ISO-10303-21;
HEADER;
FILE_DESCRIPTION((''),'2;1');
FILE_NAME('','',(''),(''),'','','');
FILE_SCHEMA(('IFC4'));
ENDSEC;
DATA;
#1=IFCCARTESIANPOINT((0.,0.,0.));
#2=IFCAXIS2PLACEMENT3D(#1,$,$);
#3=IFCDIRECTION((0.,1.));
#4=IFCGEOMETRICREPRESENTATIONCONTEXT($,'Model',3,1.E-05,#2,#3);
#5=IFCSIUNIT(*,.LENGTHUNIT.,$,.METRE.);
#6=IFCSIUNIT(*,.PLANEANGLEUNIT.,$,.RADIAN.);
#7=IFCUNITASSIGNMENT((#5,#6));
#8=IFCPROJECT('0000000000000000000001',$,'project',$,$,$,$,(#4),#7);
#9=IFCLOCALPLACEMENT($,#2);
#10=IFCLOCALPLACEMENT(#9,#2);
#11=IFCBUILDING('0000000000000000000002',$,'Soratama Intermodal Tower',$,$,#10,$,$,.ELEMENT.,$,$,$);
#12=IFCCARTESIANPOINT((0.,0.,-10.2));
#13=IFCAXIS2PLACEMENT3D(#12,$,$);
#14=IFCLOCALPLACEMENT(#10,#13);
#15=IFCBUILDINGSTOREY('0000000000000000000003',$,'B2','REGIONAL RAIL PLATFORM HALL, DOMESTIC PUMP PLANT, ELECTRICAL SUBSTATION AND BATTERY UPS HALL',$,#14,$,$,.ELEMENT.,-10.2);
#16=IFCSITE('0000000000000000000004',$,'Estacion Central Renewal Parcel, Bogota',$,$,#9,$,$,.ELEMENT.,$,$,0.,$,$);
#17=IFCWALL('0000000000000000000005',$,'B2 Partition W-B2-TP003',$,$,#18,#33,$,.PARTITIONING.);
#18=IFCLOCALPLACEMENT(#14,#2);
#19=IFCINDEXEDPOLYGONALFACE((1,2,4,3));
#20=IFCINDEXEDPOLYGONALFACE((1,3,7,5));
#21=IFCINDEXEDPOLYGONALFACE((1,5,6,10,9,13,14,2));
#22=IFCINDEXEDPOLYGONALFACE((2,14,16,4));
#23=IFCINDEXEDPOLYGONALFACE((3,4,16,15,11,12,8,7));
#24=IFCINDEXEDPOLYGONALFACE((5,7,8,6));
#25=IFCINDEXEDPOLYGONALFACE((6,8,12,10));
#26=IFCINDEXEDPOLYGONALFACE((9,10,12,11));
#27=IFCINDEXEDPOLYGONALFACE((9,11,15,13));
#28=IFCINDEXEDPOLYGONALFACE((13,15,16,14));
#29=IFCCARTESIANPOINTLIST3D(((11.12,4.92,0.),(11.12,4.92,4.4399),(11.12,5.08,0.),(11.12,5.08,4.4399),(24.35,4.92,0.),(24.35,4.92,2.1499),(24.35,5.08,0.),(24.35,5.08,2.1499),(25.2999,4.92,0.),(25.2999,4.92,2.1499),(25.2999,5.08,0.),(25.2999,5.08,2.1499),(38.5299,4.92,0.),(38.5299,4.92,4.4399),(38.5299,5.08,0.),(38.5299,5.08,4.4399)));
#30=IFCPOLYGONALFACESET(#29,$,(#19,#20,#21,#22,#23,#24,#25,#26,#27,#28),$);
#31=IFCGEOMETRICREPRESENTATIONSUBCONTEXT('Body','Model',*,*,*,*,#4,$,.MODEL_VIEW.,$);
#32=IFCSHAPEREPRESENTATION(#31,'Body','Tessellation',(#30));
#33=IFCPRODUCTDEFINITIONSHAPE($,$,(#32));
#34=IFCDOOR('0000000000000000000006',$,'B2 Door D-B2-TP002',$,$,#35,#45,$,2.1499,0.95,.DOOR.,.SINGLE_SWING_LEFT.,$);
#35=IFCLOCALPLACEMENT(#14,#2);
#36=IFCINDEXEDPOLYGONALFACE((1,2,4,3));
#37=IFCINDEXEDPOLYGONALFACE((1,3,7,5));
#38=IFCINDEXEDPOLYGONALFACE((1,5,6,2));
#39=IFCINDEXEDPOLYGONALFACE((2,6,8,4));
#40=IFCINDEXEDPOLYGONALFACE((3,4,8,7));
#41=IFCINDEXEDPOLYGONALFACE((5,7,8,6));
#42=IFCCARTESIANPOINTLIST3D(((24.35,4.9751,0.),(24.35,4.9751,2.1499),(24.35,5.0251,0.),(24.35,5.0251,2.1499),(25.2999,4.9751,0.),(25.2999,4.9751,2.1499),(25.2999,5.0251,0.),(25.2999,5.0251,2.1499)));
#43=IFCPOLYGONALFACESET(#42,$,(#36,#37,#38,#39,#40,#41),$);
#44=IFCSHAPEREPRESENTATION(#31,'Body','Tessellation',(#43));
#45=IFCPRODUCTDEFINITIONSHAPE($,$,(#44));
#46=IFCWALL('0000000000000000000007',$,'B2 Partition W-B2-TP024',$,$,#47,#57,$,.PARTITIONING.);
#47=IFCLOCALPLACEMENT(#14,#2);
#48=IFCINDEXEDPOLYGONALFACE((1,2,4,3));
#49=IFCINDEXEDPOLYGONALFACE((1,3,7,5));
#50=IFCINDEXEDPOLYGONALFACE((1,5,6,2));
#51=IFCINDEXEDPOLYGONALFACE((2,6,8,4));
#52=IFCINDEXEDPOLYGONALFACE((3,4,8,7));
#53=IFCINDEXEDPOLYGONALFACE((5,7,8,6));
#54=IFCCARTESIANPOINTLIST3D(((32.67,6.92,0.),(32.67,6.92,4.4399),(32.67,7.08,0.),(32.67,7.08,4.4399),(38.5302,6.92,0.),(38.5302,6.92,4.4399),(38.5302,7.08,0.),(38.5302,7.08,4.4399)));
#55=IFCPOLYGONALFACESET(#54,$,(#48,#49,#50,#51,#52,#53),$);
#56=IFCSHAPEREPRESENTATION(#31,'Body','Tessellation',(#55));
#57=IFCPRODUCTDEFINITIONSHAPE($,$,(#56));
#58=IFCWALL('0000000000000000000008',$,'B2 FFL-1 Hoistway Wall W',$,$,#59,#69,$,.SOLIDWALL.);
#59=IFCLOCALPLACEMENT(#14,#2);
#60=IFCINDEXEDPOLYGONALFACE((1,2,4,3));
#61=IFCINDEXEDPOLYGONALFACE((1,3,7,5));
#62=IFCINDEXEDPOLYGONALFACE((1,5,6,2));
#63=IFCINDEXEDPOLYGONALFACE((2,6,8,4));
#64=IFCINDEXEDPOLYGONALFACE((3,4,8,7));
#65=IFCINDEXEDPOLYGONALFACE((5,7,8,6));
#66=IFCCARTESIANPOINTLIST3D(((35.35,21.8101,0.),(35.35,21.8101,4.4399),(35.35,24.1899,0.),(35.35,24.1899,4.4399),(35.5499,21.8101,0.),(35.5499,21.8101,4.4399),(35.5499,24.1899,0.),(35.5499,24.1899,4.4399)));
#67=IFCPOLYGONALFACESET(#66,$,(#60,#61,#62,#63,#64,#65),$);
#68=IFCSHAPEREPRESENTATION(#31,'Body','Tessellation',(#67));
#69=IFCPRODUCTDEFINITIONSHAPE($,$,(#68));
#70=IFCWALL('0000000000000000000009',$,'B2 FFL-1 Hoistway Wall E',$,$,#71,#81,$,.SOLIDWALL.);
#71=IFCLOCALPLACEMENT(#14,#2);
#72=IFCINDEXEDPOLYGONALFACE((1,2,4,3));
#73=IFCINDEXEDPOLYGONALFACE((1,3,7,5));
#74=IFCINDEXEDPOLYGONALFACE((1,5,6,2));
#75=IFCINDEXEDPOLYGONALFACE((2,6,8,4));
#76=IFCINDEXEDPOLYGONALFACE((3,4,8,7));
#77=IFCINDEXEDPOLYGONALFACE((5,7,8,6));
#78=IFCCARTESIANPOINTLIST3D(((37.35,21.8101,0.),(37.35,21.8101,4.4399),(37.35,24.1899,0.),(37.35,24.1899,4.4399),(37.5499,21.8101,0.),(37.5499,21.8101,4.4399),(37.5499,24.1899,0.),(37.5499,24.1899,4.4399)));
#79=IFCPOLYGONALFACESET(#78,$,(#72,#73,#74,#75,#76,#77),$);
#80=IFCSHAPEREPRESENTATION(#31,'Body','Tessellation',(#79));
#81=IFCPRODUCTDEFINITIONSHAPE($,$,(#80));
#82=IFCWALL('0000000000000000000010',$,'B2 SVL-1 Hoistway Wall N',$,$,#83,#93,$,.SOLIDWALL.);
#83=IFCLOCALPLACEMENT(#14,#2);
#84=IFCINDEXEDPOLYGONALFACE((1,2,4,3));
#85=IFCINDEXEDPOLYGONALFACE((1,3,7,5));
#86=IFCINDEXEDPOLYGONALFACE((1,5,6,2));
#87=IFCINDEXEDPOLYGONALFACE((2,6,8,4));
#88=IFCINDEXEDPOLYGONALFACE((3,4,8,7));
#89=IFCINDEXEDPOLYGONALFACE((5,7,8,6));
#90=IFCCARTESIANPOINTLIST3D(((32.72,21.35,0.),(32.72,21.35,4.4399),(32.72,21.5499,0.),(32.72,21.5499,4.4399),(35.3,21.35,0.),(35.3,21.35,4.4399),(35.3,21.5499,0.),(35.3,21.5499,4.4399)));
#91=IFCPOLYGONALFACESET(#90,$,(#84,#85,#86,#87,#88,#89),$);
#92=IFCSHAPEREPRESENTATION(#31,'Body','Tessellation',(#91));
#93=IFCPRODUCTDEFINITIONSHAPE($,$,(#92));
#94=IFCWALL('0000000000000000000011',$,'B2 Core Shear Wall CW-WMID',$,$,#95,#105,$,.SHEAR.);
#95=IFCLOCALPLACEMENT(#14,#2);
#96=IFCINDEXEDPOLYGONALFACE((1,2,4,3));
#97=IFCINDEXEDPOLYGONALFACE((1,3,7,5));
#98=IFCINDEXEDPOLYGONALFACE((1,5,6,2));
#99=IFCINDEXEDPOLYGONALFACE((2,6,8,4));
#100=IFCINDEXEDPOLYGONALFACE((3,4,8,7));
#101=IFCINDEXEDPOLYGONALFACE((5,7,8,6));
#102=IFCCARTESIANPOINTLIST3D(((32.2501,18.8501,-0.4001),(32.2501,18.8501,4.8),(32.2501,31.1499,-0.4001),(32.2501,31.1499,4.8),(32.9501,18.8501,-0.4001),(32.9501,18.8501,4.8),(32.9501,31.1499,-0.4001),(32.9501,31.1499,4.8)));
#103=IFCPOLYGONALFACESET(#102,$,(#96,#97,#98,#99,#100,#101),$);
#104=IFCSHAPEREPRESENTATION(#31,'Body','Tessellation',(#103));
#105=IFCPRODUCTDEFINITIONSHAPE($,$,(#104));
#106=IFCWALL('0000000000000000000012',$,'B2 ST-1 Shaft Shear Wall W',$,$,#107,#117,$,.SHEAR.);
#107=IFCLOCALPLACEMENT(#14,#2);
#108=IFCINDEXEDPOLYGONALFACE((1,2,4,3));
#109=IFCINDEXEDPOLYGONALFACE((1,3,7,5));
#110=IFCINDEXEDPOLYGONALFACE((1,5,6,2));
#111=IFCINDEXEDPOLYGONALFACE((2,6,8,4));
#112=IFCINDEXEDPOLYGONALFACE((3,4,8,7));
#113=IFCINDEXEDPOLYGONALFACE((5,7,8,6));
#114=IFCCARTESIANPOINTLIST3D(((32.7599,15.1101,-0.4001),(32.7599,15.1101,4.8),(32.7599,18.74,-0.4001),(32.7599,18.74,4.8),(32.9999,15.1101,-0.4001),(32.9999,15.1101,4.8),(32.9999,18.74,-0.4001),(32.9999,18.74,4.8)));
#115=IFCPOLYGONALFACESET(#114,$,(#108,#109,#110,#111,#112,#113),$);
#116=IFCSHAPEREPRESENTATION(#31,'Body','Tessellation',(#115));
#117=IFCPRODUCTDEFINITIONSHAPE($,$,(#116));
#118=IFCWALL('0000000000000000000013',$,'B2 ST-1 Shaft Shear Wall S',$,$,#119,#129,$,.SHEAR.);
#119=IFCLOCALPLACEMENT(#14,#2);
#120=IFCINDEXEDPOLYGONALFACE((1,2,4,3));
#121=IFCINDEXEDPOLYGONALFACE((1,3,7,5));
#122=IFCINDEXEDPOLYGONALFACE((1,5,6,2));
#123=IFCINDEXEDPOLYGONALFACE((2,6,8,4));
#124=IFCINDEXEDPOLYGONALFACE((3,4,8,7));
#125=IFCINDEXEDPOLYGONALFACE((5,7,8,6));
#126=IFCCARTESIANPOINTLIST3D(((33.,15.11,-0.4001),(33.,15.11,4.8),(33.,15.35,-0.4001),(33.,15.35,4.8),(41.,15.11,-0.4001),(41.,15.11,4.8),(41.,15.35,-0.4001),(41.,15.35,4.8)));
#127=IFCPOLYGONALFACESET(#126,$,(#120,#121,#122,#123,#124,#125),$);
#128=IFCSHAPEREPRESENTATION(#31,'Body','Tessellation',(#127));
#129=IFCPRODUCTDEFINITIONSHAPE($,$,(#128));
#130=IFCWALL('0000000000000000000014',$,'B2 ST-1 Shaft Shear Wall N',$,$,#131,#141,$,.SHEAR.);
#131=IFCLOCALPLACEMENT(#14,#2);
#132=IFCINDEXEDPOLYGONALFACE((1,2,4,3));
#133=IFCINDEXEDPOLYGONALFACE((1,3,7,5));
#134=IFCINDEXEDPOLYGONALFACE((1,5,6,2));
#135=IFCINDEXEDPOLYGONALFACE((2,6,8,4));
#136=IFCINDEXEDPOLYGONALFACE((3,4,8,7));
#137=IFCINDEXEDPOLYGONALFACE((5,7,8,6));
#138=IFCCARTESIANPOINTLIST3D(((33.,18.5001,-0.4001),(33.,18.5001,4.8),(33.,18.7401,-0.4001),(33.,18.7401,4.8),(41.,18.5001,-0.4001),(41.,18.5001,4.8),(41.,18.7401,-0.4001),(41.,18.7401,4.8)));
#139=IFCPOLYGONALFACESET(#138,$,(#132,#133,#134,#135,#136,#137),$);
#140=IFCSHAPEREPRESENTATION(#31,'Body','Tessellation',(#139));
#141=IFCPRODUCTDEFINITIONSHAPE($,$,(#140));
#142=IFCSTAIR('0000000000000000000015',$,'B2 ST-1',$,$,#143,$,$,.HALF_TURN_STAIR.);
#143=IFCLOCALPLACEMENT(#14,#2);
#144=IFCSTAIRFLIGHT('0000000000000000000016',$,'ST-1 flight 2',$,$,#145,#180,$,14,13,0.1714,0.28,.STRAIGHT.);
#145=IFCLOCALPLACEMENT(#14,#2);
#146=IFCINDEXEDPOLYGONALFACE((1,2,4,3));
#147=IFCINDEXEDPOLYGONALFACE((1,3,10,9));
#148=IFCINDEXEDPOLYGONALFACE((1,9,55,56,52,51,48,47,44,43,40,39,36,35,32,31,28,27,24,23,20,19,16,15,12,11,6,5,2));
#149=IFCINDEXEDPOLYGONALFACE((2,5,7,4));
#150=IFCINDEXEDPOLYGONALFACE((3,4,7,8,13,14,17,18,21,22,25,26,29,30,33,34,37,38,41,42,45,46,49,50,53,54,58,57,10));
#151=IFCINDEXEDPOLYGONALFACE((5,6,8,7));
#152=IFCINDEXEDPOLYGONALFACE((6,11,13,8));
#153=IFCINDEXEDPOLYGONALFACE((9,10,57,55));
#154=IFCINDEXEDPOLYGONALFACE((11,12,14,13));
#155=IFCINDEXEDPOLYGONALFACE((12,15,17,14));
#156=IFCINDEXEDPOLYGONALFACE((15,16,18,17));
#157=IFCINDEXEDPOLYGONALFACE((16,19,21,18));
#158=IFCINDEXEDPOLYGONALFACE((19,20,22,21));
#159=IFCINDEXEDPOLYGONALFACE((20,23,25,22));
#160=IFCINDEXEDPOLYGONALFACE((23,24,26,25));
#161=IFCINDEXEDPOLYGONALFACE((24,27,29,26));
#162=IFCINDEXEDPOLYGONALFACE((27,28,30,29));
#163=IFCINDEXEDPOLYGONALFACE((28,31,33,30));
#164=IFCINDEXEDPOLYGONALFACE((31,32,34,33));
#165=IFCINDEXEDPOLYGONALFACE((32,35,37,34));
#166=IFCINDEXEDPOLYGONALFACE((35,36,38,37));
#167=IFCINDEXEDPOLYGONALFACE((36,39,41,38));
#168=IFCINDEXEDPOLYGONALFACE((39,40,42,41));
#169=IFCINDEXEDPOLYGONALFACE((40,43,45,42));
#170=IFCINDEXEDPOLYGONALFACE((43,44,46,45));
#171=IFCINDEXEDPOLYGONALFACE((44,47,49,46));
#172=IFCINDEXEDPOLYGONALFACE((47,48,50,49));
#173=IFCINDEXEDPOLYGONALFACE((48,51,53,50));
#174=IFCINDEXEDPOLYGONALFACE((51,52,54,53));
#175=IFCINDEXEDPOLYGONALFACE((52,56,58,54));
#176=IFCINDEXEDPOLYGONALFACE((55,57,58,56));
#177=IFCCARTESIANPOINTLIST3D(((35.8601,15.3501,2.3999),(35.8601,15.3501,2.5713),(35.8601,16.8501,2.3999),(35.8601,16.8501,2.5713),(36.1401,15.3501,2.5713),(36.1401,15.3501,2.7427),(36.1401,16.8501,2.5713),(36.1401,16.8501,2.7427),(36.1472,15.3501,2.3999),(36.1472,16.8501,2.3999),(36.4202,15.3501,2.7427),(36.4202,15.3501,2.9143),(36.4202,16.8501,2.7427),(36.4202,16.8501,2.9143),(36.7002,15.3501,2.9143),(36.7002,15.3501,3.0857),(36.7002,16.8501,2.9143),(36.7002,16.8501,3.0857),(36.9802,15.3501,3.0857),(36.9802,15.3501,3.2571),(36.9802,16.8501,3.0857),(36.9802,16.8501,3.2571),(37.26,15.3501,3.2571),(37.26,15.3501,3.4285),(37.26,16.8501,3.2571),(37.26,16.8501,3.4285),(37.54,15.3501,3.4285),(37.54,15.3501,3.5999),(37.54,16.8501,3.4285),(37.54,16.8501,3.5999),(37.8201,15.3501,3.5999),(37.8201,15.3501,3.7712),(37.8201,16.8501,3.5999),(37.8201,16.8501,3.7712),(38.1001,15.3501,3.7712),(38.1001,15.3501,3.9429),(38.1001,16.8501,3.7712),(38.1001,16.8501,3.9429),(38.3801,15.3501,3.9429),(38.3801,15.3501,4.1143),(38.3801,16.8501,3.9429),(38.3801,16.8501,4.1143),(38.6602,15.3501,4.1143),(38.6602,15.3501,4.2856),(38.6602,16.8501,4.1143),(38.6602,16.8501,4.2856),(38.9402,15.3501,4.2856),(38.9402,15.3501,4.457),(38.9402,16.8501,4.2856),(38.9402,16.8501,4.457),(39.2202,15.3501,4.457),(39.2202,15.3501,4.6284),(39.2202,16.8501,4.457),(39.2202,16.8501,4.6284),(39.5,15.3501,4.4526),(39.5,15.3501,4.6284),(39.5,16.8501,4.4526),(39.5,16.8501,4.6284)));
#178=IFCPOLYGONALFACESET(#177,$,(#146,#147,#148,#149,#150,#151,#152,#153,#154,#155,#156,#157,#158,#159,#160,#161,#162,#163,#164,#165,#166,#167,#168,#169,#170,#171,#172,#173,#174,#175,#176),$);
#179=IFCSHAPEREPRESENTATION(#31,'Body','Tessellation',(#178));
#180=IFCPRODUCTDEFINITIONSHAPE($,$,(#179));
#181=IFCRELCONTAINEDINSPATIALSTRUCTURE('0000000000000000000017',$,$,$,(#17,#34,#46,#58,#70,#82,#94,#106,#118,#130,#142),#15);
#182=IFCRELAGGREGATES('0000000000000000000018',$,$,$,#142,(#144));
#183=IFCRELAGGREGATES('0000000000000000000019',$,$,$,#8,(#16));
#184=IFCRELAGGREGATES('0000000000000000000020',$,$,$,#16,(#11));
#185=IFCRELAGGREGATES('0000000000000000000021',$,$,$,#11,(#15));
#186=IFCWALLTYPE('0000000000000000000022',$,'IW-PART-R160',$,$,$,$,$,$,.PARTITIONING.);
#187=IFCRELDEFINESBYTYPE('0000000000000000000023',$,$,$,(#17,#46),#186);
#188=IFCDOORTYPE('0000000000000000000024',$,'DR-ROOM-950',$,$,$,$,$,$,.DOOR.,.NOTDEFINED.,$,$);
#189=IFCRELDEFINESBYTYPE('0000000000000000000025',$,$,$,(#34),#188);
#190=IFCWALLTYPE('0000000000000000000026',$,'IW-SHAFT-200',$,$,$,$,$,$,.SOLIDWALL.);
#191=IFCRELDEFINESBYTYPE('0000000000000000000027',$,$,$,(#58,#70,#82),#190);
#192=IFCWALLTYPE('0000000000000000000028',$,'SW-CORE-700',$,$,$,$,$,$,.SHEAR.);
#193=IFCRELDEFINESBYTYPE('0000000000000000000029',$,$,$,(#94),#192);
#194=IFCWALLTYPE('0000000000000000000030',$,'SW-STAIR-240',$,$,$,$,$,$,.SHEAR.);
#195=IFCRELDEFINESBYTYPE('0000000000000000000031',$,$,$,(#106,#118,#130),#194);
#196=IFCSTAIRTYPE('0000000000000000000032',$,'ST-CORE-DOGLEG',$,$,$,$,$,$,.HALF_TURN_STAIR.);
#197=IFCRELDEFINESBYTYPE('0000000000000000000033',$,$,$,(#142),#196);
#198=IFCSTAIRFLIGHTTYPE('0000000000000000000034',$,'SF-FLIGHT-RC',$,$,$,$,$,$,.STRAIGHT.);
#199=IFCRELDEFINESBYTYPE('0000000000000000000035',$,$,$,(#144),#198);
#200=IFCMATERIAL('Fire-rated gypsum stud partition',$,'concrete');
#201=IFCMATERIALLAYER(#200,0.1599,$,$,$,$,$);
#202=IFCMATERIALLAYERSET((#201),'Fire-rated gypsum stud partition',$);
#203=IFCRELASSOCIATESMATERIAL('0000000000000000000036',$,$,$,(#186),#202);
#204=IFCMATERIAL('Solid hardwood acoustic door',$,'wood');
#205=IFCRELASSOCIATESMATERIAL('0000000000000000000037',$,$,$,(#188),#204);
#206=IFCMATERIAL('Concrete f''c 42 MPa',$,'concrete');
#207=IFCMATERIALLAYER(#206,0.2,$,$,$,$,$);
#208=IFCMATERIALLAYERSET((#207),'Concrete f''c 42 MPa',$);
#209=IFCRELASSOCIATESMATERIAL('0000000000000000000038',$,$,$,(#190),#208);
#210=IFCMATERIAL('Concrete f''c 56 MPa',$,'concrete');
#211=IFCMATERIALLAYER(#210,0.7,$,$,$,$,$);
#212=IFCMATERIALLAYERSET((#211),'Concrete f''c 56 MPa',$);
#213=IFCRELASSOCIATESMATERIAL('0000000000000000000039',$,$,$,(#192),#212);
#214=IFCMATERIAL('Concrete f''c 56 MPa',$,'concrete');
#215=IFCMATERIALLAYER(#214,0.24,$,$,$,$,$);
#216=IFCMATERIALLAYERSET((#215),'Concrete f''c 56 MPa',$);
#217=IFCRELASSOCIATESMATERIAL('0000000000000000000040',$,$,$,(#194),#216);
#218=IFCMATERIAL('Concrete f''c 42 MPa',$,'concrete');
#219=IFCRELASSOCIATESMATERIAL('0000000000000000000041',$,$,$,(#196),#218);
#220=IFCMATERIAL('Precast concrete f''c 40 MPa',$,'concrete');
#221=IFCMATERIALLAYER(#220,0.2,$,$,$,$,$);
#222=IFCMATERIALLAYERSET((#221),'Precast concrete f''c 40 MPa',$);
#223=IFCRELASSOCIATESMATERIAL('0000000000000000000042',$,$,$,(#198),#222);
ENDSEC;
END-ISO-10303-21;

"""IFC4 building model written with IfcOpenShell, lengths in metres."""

from ifc_helpers import new_model, si_unit, direction, frame, frame_2d, origin, place, context, subcontext, project, spatial, polyline, rectangle, outline, extrude, material, layer, layer_set, type_object, element, fill, aggregate, save


model = new_model("IFC4")

# Units and contexts
model_context = context("Model", 3, precision=1e-05, world=origin(), true_north=direction((0.0, 1.0)))
body_context = subcontext(model_context, "Body", "Model", "MODEL_VIEW")
ifc_project = project(units=[si_unit("LENGTHUNIT", "METRE"), si_unit("PLANEANGLEUNIT", "RADIAN")], contexts=[model_context])

# Site, building, storey
site_placement = place(None, origin())
site = spatial("IfcSite", under=ifc_project, at=site_placement, Name="Estacion Central Renewal Parcel, Bogota", CompositionType="ELEMENT", RefElevation=0.0)
building_placement = place(site_placement, origin())
building = spatial("IfcBuilding", under=site, at=building_placement, Name="Soratama Intermodal Tower", CompositionType="ELEMENT")
storey_placement = place(building_placement, frame((0.0, 0.0, -10.2)))
storey = spatial("IfcBuildingStorey", under=building, at=storey_placement, Name="B2", Description="REGIONAL RAIL PLATFORM HALL, DOMESTIC PUMP PLANT, ELECTRICAL SUBSTATION AND BATTERY UPS HALL", CompositionType="ELEMENT", Elevation=-10.2)

# Wall, opening, door
ifc_material_1 = material(Name="Fire-rated gypsum stud partition", Category="concrete")
ifc_layer_1 = layer(ifc_material_1, 0.1599)
ifc_layer_set_1 = layer_set([ifc_layer_1], Name="Fire-rated gypsum stud partition")
wall_type_1 = type_object("IfcWallType", Name="IW-PART-R160", PredefinedType="PARTITIONING", material=ifc_layer_set_1)
wall_1_placement = place(storey_placement, frame((38.53, 5.0, 0.0), z_axis=(0.0, 0.0, 1.0), x_axis=(-1.0, 0.0, 0.0)))
wall_1 = element("IfcWall", 1, at=wall_1_placement, inside=storey, type_object=wall_type_1, Name="B2 Partition W-B2-TP003", PredefinedType="PARTITIONING", context=body_context, shape_type="SweptSolid", body=[
    extrude(rectangle(XDim=27.4099, YDim=0.1599, at=frame_2d((13.7051, 0.0))), origin(), (0.0, 0.0, 1.0), 4.4399),
])
opening_1_placement = place(wall_1_placement, frame((13.23, 0.0, 0.0)))
opening_1 = element("IfcOpeningElement", 2, at=opening_1_placement, cuts=wall_1, PredefinedType="OPENING", context=body_context, shape_type="SweptSolid", body=[
    extrude(rectangle(XDim=0.95, YDim=2.1499, at=frame_2d((0.4751, 1.075))), frame((0.0, 0.0898, 0.0), z_axis=(0.0, -1.0, 0.0), x_axis=(1.0, 0.0, 0.0)), (0.0, 0.0, 1.0), 0.1799),
])
ifc_material_2 = material(Name="Solid hardwood acoustic door", Category="wood")
door_type_1 = type_object("IfcDoorType", Name="DR-ROOM-950", OperationType="NOTDEFINED", PredefinedType="DOOR", material=ifc_material_2)
door_1_placement = place(opening_1_placement, origin())
door_1 = element("IfcDoor", 3, at=door_1_placement, inside=storey, type_object=door_type_1, Name="B2 Door D-B2-TP002", OperationType="SINGLE_SWING_LEFT", OverallHeight=2.1499, OverallWidth=0.95, PredefinedType="DOOR", context=body_context, shape_type="SweptSolid", body=[
    extrude(rectangle(XDim=0.95, YDim=2.1499, at=frame_2d((0.4751, 1.075))), frame((0.0, 0.0249, 0.0), z_axis=(0.0, -1.0, 0.0), x_axis=(1.0, 0.0, 0.0)), (0.0, 0.0, 1.0), 0.05),
])
fill(opening_1, door_1)

# Wall
wall_2_placement = place(storey_placement, frame((32.6699, 7.0, 0.0), z_axis=(0.0, 0.0, 1.0), x_axis=(1.0, 0.0, 0.0)))
element("IfcWall", 4, at=wall_2_placement, inside=storey, type_object=wall_type_1, Name="B2 Partition W-B2-TP024", PredefinedType="PARTITIONING", context=body_context, shape_type="SweptSolid", body=[
    extrude(rectangle(XDim=5.8601, YDim=0.1599, at=frame_2d((2.9302, 0.0))), origin(), (0.0, 0.0, 1.0), 4.4399),
])

# Shared definitions
ifc_material_3 = material(Name="Concrete f'c 42 MPa", Category="concrete")
ifc_layer_2 = layer(ifc_material_3, 0.2)
ifc_layer_set_2 = layer_set([ifc_layer_2], Name="Concrete f'c 42 MPa")
wall_type_2 = type_object("IfcWallType", Name="IW-SHAFT-200", PredefinedType="SOLIDWALL", material=ifc_layer_set_2)

# Walls
for number, where, z_axis, x_axis, name in (
    (5, (35.45, 21.8101, 0.0), (0.0, 0.0, 1.0), (0.0, 1.0, 0.0), "B2 FFL-1 Hoistway Wall W"),
    (6, (37.45, 21.8101, 0.0), (0.0, 0.0, 1.0), (0.0, 1.0, 0.0), "B2 FFL-1 Hoistway Wall E"),
):
    element("IfcWall", number, at=place(storey_placement, frame(where, z_axis=z_axis, x_axis=x_axis)), inside=storey, type_object=wall_type_2, Name=name, PredefinedType="SOLIDWALL", context=body_context, shape_type="SweptSolid", body=[
        extrude(rectangle(XDim=2.3799, YDim=0.2, at=frame_2d((1.1899, 0.0))), origin(), (0.0, 0.0, 1.0), 4.4399),
    ])

# Wall
wall_3_placement = place(storey_placement, frame((32.72, 21.45, 0.0), z_axis=(0.0, 0.0, 1.0), x_axis=(1.0, 0.0, 0.0)))
element("IfcWall", 7, at=wall_3_placement, inside=storey, type_object=wall_type_2, Name="B2 SVL-1 Hoistway Wall N", PredefinedType="SOLIDWALL", context=body_context, shape_type="SweptSolid", body=[
    extrude(rectangle(XDim=2.5801, YDim=0.2, at=frame_2d((1.29, 0.0))), origin(), (0.0, 0.0, 1.0), 4.4399),
])

# Walls
ifc_material_4 = material(Name="Concrete f'c 56 MPa", Category="concrete")
ifc_layer_3 = layer(ifc_material_4, 0.7)
ifc_layer_set_3 = layer_set([ifc_layer_3], Name="Concrete f'c 56 MPa")
wall_type_3 = type_object("IfcWallType", Name="SW-CORE-700", PredefinedType="SHEAR", material=ifc_layer_set_3)
wall_4_placement = place(storey_placement, frame((32.6001, 18.8501, -0.4001), z_axis=(0.0, 0.0, 1.0), x_axis=(0.0, 1.0, 0.0)))
element("IfcWall", 8, at=wall_4_placement, inside=storey, type_object=wall_type_3, Name="B2 Core Shear Wall CW-WMID", PredefinedType="SHEAR", context=body_context, shape_type="SweptSolid", body=[
    extrude(rectangle(XDim=12.2998, YDim=0.7, at=frame_2d((6.1499, 0.0))), origin(), (0.0, 0.0, 1.0), 5.2002),
])
ifc_material_5 = material(Name="Concrete f'c 56 MPa", Category="concrete")
ifc_layer_4 = layer(ifc_material_5, 0.24)
ifc_layer_set_4 = layer_set([ifc_layer_4], Name="Concrete f'c 56 MPa")
wall_type_4 = type_object("IfcWallType", Name="SW-STAIR-240", PredefinedType="SHEAR", material=ifc_layer_set_4)
wall_5_placement = place(storey_placement, frame((32.8799, 15.1101, -0.4001), z_axis=(0.0, 0.0, 1.0), x_axis=(0.0, 1.0, 0.0)))
element("IfcWall", 9, at=wall_5_placement, inside=storey, type_object=wall_type_4, Name="B2 ST-1 Shaft Shear Wall W", PredefinedType="SHEAR", context=body_context, shape_type="SweptSolid", body=[
    extrude(rectangle(XDim=3.6299, YDim=0.24, at=frame_2d((1.8149, 0.0))), origin(), (0.0, 0.0, 1.0), 5.2002),
])
for number, where, z_axis, x_axis, name in (
    (10, (33.0, 15.23, -0.4001), (0.0, 0.0, 1.0), (1.0, 0.0, 0.0), "B2 ST-1 Shaft Shear Wall S"),
    (11, (33.0, 18.6201, -0.4001), (0.0, 0.0, 1.0), (1.0, 0.0, 0.0), "B2 ST-1 Shaft Shear Wall N"),
):
    element("IfcWall", number, at=place(storey_placement, frame(where, z_axis=z_axis, x_axis=x_axis)), inside=storey, type_object=wall_type_4, Name=name, PredefinedType="SHEAR", context=body_context, shape_type="SweptSolid", body=[
        extrude(rectangle(XDim=8.0, YDim=0.24, at=frame_2d((4.0, 0.0))), origin(), (0.0, 0.0, 1.0), 5.2002),
    ])

# Stair, stair flight
ifc_material_6 = material(Name="Concrete f'c 42 MPa", Category="concrete")
stair_type = type_object("IfcStairType", Name="ST-CORE-DOGLEG", PredefinedType="HALF_TURN_STAIR", material=ifc_material_6)
stair_placement = place(storey_placement, origin())
stair = element("IfcStair", 12, at=stair_placement, inside=storey, type_object=stair_type, Name="B2 ST-1", PredefinedType="HALF_TURN_STAIR")
ifc_material_7 = material(Name="Precast concrete f'c 40 MPa", Category="concrete")
ifc_layer_5 = layer(ifc_material_7, 0.2)
ifc_layer_set_5 = layer_set([ifc_layer_5], Name="Precast concrete f'c 40 MPa")
stair_flight_type = type_object("IfcStairFlightType", Name="SF-FLIGHT-RC", PredefinedType="STRAIGHT", material=ifc_layer_set_5)
stair_flight_placement = place(storey_placement, frame((35.8601, 16.1001, 2.3999), z_axis=(0.0, 0.0, 1.0), x_axis=(1.0, 0.0, 0.0)))
stair_flight = element("IfcStairFlight", 13, at=stair_flight_placement, type_object=stair_flight_type, Name="ST-1 flight 2", NumberOfRisers=14, NumberOfTreads=13, PredefinedType="STRAIGHT", RiserHeight=0.1714, TreadLength=0.28, context=body_context, shape_type="SweptSolid", body=[
    extrude(outline(polyline([(0.0, 0.0), (0.0, 0.1714), (0.28, 0.1714), (0.28, 0.3428), (0.5601, 0.3428), (0.5601, 0.5144), (0.8401, 0.5144), (0.8401, 0.6858), (1.1201, 0.6858), (1.1201, 0.8572), (1.3999, 0.8572), (1.3999, 1.0286), (1.6799, 1.0286), (1.6799, 1.2), (1.96, 1.2), (1.96, 1.3713), (2.24, 1.3713), (2.24, 1.543), (2.52, 1.543), (2.52, 1.7144), (2.8, 1.7144), (2.8, 1.8857), (3.0801, 1.8857), (3.0801, 2.0571), (3.3601, 2.0571), (3.3601, 2.2285), (3.6399, 2.2285), (3.6399, 2.3999), (3.6399, 2.0527), (0.2871, 0.0), (0.0, 0.0)])), frame((0.0, 0.75, 0.0), z_axis=(0.0, -1.0, 0.0), x_axis=(1.0, 0.0, 0.0)), (0.0, 0.0, 1.0), 1.5),
])
aggregate(stair, [stair_flight])

save(model, "model.ifc")
